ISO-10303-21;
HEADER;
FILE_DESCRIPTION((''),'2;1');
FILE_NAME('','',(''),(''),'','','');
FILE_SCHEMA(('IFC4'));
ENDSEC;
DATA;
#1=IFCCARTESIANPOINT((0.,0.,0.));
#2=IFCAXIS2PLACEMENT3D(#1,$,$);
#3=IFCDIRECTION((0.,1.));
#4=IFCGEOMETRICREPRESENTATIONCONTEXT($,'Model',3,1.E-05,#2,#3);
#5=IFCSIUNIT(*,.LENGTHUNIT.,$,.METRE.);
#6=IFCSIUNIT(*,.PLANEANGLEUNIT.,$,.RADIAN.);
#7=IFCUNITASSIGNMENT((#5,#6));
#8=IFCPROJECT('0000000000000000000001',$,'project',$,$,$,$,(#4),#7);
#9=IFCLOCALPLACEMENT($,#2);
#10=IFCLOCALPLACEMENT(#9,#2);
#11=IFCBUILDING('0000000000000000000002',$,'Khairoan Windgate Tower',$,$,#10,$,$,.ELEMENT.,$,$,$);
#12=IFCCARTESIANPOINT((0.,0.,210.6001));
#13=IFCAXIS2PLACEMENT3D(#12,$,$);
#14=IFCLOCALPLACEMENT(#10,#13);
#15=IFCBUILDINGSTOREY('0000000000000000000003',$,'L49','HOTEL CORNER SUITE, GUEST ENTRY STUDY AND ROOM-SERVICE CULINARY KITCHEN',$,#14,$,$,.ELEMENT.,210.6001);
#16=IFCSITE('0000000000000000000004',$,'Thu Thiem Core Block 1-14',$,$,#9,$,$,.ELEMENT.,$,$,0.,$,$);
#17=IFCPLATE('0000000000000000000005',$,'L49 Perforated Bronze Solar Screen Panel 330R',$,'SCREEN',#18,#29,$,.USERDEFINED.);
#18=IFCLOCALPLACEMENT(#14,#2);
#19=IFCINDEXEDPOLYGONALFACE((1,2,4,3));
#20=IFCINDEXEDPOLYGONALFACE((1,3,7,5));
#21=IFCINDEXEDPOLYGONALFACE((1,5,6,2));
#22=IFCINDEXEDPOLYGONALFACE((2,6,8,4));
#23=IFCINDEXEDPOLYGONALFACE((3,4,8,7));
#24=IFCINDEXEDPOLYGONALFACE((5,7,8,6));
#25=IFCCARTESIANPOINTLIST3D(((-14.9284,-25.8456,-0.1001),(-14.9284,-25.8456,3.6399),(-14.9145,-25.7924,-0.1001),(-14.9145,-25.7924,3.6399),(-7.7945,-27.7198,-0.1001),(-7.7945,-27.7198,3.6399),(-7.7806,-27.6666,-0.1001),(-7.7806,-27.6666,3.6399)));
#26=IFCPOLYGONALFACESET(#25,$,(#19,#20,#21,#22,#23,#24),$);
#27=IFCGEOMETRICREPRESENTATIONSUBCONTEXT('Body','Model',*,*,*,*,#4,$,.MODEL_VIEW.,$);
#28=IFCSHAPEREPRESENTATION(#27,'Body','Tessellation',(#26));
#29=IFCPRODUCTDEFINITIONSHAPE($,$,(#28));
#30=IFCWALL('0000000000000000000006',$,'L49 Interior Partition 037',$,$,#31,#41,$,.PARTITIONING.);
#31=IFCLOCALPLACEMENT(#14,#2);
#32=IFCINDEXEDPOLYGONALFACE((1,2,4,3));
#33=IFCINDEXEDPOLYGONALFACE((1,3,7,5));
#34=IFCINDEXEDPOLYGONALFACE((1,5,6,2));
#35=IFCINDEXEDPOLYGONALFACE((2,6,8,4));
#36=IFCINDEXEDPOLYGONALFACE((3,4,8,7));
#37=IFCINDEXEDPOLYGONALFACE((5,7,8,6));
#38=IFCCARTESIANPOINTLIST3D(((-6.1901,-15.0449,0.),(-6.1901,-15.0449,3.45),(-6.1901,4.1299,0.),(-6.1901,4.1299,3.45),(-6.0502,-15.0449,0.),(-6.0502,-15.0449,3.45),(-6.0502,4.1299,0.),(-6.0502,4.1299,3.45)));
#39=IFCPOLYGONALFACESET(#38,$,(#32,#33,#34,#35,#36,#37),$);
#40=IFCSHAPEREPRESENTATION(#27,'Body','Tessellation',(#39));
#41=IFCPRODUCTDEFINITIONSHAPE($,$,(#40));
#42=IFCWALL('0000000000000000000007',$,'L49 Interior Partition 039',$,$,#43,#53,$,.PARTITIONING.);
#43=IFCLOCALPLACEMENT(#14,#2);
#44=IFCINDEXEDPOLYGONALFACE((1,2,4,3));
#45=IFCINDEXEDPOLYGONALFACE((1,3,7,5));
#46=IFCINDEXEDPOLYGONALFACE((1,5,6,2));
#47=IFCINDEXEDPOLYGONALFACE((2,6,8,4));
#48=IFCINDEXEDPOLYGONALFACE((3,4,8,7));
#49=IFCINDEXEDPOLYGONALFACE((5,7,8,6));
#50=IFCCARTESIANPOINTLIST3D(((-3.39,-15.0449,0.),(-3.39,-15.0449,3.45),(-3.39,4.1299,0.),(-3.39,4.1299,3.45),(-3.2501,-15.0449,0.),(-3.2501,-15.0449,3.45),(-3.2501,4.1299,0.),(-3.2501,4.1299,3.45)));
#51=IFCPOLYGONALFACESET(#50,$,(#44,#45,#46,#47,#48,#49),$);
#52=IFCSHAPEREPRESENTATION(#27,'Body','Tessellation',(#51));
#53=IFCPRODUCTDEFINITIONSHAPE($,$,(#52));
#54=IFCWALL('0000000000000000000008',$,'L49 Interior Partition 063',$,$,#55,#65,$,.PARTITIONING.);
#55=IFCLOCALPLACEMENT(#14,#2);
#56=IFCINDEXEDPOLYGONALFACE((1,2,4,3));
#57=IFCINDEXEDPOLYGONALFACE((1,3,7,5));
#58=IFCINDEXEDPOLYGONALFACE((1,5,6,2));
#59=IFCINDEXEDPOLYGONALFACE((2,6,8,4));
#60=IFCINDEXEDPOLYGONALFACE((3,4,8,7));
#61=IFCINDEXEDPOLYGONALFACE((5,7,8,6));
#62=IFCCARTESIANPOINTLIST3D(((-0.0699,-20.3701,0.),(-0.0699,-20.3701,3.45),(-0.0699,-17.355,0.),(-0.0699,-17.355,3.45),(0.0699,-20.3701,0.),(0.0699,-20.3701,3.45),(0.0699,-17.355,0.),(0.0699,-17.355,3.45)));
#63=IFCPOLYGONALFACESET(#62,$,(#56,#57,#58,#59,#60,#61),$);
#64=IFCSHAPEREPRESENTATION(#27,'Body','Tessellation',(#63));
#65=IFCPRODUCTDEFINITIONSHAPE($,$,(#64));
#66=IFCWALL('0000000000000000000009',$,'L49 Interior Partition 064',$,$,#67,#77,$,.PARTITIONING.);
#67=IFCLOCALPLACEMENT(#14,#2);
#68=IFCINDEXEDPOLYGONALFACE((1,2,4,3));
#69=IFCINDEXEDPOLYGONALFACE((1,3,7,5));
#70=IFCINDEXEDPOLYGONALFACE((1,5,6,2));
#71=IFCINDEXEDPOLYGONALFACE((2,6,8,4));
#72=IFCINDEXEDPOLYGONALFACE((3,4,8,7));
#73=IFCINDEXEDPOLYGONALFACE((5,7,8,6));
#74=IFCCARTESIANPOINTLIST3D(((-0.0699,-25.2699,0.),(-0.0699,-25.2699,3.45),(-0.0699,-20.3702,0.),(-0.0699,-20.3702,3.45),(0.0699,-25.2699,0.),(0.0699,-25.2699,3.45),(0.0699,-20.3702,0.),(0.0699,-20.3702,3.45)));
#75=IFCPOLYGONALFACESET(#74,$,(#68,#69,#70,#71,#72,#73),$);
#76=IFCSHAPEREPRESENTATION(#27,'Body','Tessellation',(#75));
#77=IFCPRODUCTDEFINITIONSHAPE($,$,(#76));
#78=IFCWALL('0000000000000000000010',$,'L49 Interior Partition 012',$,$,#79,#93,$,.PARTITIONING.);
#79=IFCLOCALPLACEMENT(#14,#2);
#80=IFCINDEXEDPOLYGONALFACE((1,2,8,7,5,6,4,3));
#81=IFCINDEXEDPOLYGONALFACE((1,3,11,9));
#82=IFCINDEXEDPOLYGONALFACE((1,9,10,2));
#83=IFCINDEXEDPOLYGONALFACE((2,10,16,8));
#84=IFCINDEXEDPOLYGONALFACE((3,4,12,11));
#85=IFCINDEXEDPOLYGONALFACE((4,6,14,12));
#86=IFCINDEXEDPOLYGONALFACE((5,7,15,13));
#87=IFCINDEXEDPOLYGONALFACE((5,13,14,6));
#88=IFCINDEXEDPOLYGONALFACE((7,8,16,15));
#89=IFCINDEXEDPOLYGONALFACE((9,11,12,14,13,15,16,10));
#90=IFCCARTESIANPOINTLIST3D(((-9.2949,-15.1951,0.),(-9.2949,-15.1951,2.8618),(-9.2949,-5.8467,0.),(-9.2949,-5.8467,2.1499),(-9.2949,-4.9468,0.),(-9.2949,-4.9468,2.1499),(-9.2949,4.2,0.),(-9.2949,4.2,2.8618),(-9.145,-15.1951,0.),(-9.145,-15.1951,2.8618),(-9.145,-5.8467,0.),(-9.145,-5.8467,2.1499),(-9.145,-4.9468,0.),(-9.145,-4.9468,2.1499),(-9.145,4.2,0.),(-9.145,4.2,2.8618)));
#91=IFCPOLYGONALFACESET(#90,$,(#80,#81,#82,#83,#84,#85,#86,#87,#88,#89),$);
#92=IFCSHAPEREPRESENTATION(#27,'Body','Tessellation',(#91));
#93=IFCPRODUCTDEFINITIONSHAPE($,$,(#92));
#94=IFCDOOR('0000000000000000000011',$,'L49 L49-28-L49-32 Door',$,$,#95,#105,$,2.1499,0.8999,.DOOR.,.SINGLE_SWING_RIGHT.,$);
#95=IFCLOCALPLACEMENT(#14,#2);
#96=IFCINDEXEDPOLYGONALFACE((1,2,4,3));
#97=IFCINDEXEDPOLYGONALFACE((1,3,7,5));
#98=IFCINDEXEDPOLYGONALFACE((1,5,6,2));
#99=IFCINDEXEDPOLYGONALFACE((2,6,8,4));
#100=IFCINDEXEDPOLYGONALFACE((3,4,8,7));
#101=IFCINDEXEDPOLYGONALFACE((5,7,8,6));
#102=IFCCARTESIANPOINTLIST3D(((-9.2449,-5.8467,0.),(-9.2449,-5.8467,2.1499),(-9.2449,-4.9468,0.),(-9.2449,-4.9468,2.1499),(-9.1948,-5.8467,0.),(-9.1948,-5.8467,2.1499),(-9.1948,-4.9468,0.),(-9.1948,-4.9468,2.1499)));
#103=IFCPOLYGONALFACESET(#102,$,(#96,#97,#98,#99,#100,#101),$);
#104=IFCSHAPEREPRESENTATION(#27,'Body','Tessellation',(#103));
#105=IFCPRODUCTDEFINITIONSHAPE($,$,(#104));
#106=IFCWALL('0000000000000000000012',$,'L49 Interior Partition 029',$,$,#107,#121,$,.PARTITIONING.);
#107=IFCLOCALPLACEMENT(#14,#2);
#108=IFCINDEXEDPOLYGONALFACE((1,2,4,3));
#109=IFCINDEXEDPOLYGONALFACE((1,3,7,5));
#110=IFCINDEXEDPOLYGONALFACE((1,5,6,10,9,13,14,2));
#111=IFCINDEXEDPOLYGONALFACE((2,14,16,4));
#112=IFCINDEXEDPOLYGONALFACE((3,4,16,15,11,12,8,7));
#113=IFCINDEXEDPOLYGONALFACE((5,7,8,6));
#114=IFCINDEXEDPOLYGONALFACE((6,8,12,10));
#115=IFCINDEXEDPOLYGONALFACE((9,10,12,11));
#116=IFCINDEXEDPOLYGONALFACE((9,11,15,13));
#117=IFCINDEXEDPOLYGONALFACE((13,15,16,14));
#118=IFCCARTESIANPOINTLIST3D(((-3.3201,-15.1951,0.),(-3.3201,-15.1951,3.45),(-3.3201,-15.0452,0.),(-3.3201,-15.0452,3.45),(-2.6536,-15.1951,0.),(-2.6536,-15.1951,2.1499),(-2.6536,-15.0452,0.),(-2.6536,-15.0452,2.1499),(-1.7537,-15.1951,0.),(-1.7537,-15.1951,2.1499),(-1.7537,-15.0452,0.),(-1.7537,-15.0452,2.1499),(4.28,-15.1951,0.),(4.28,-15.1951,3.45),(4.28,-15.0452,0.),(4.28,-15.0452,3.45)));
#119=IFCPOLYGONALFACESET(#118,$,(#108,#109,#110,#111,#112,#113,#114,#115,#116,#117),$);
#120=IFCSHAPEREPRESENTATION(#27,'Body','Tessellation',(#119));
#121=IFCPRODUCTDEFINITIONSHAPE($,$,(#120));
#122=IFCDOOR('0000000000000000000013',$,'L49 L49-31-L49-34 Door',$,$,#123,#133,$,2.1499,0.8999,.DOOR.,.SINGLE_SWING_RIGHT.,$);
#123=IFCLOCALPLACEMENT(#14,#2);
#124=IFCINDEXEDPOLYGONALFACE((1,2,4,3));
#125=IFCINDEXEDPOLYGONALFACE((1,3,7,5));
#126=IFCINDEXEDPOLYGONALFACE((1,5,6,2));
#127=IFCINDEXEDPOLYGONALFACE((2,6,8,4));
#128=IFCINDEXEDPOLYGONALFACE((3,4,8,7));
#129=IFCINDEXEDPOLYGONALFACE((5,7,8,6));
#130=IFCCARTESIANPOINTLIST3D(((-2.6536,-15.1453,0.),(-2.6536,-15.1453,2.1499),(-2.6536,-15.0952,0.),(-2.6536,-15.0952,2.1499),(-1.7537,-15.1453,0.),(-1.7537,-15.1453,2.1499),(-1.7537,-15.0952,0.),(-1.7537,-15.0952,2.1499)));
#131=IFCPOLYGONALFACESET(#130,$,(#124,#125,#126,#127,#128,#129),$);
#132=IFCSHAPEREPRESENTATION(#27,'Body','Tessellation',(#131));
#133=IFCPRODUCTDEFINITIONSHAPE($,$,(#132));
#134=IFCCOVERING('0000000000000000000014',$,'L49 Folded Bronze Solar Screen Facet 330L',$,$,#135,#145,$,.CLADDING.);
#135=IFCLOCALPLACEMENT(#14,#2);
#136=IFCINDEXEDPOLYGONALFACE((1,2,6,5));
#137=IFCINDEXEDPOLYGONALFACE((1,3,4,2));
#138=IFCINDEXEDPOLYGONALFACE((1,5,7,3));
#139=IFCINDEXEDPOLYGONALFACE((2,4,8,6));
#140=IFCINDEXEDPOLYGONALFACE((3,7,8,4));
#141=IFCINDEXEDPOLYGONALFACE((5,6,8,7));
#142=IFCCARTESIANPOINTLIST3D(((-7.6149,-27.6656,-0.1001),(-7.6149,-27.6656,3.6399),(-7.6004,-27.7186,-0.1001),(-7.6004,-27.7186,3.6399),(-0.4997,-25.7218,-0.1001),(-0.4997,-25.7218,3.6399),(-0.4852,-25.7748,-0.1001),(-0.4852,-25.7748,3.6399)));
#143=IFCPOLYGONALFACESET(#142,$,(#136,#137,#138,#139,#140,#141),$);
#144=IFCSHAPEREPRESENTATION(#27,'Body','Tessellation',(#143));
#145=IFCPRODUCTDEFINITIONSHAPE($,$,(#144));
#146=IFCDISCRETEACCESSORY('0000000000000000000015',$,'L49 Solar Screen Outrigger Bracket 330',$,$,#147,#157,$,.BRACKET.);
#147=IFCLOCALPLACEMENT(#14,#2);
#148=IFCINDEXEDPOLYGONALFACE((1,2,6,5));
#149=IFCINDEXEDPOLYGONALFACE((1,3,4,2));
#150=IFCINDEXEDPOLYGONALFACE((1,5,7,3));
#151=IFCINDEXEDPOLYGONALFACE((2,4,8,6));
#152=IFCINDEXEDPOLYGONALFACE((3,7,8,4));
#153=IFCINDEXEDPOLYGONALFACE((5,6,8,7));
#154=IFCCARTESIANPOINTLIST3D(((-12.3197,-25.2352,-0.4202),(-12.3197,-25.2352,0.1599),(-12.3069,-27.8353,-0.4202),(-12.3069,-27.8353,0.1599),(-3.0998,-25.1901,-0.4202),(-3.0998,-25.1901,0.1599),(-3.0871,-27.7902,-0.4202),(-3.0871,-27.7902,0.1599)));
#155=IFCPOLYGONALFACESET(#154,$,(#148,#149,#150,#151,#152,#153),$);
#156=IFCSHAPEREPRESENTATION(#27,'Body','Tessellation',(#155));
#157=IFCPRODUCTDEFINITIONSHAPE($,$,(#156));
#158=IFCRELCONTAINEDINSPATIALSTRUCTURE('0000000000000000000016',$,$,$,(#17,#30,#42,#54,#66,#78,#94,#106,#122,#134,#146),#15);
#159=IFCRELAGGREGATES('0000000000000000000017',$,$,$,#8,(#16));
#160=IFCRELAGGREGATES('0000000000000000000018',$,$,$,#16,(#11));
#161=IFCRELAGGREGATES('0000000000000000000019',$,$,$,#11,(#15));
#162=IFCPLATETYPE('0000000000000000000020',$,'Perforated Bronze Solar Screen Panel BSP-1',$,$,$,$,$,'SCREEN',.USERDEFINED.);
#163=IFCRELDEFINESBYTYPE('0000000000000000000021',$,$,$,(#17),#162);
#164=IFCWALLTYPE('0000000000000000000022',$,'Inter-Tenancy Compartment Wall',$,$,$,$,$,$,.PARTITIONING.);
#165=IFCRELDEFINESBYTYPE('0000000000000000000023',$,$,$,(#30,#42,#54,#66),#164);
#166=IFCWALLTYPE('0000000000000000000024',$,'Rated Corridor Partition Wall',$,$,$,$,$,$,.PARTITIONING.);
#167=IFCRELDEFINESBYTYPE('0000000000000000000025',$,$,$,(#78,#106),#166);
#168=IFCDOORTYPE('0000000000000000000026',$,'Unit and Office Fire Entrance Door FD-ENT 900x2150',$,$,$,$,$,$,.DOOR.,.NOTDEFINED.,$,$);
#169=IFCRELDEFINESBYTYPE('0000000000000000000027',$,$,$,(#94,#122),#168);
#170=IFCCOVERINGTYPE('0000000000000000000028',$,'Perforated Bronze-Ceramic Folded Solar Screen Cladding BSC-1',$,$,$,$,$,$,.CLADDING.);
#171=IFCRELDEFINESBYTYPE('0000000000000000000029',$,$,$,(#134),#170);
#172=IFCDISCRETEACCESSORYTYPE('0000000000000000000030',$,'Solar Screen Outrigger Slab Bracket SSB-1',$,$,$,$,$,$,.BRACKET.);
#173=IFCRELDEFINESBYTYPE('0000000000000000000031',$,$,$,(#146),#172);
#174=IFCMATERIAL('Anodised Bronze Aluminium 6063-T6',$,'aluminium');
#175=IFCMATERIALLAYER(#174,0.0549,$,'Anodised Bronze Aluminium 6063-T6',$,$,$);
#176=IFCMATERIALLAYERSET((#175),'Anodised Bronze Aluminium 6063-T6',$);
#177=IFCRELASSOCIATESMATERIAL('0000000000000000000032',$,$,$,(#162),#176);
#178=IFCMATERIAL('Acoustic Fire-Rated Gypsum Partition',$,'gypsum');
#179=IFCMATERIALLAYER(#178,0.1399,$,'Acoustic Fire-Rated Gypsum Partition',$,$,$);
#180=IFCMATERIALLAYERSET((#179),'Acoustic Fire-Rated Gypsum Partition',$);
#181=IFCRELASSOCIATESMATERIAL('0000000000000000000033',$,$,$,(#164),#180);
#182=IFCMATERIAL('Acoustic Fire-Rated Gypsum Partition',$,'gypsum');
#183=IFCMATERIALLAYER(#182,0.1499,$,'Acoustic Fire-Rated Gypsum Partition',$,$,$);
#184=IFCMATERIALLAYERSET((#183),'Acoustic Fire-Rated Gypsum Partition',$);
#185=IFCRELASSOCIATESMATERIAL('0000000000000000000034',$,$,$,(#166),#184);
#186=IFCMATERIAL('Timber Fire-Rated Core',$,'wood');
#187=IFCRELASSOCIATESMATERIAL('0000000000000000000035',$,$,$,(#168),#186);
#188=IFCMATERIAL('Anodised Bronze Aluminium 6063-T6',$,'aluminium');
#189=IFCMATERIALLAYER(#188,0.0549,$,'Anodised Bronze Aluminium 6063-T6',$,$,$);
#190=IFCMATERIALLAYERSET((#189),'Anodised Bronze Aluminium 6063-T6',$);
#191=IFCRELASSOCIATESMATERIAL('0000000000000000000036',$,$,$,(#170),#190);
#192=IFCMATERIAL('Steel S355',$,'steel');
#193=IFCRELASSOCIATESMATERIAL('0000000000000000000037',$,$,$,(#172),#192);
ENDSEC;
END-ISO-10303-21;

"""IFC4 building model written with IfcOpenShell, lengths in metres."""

from ifc_helpers import new_model, si_unit, direction, frame, frame_2d, origin, origin_2d, place, context, subcontext, project, spatial, rectangle, extrude, material, layer, layer_set, type_object, element, fill, save


model = new_model("IFC4")

# Units and contexts
model_context = context("Model", 3, precision=1e-05, world=origin(), true_north=direction((0.0, 1.0)))
body_context = subcontext(model_context, "Body", "Model", "MODEL_VIEW")
ifc_project = project(units=[si_unit("LENGTHUNIT", "METRE"), si_unit("PLANEANGLEUNIT", "RADIAN")], contexts=[model_context])

# Site, building, storey
site_placement = place(None, origin())
site = spatial("IfcSite", under=ifc_project, at=site_placement, Name="Thu Thiem Core Block 1-14", CompositionType="ELEMENT", RefElevation=0.0)
building_placement = place(site_placement, origin())
building = spatial("IfcBuilding", under=site, at=building_placement, Name="Khairoan Windgate Tower", CompositionType="ELEMENT")
storey_placement = place(building_placement, frame((0.0, 0.0, 210.6001)))
storey = spatial("IfcBuildingStorey", under=building, at=storey_placement, Name="L49", Description="HOTEL CORNER SUITE, GUEST ENTRY STUDY AND ROOM-SERVICE CULINARY KITCHEN", CompositionType="ELEMENT", Elevation=210.6001)

# Plate
ifc_material_1 = material(Name="Anodised Bronze Aluminium 6063-T6", Category="aluminium")
ifc_layer_1 = layer(ifc_material_1, 0.0549, Name="Anodised Bronze Aluminium 6063-T6")
ifc_layer_set_1 = layer_set([ifc_layer_1], Name="Anodised Bronze Aluminium 6063-T6")
plate_type = type_object("IfcPlateType", Name="Perforated Bronze Solar Screen Panel BSP-1", ElementType="SCREEN", PredefinedType="USERDEFINED", material=ifc_layer_set_1)
plate_placement = place(storey_placement, frame((-11.3545, -26.7561, -0.1001), z_axis=(0.0, 0.0, 1.0), x_axis=(-0.967179, 0.254096, 0.0)))
element("IfcPlate", 1, at=plate_placement, inside=storey, type_object=plate_type, Name="L49 Perforated Bronze Solar Screen Panel 330R", ObjectType="SCREEN", PredefinedType="USERDEFINED", context=body_context, shape_type="SweptSolid", body=[
    extrude(rectangle(XDim=7.376, YDim=0.0549, at=origin_2d()), origin(), (0.0, 0.0, 1.0), 3.74),
])

# Walls
ifc_material_2 = material(Name="Acoustic Fire-Rated Gypsum Partition", Category="gypsum")
ifc_layer_2 = layer(ifc_material_2, 0.1399, Name="Acoustic Fire-Rated Gypsum Partition")
ifc_layer_set_2 = layer_set([ifc_layer_2], Name="Acoustic Fire-Rated Gypsum Partition")
wall_type_1 = type_object("IfcWallType", Name="Inter-Tenancy Compartment Wall", PredefinedType="PARTITIONING", material=ifc_layer_set_2)
for number, where, z_axis, x_axis, name in (
    (2, (-6.1201, -15.0449, 0.0), (0.0, 0.0, 1.0), (0.0, 1.0, 0.0), "L49 Interior Partition 037"),
    (3, (-3.3201, -15.0449, 0.0), (0.0, 0.0, 1.0), (0.0, 1.0, 0.0), "L49 Interior Partition 039"),
):
    element("IfcWall", number, at=place(storey_placement, frame(where, z_axis=z_axis, x_axis=x_axis)), inside=storey, type_object=wall_type_1, Name=name, PredefinedType="PARTITIONING", context=body_context, shape_type="SweptSolid", body=[
        extrude(rectangle(XDim=19.1748, YDim=0.1399, at=frame_2d((9.5874, 0.0))), origin(), (0.0, 0.0, 1.0), 3.45),
    ])
wall_1_placement = place(storey_placement, frame((0.0, -20.3701, 0.0), z_axis=(0.0, 0.0, 1.0), x_axis=(0.0, 1.0, 0.0)))
element("IfcWall", 4, at=wall_1_placement, inside=storey, type_object=wall_type_1, Name="L49 Interior Partition 063", PredefinedType="PARTITIONING", context=body_context, shape_type="SweptSolid", body=[
    extrude(rectangle(XDim=3.0151, YDim=0.1399, at=frame_2d((1.5076, 0.0))), origin(), (0.0, 0.0, 1.0), 3.45),
])
wall_2_placement = place(storey_placement, frame((0.0, -25.2698, 0.0), z_axis=(0.0, 0.0, 1.0), x_axis=(0.0, 1.0, 0.0)))
element("IfcWall", 5, at=wall_2_placement, inside=storey, type_object=wall_type_1, Name="L49 Interior Partition 064", PredefinedType="PARTITIONING", context=body_context, shape_type="SweptSolid", body=[
    extrude(rectangle(XDim=4.8997, YDim=0.1399, at=frame_2d((2.4497, 0.0))), origin(), (0.0, 0.0, 1.0), 3.45),
])

# Walls, openings, doors
ifc_material_3 = material(Name="Acoustic Fire-Rated Gypsum Partition", Category="gypsum")
ifc_layer_3 = layer(ifc_material_3, 0.1499, Name="Acoustic Fire-Rated Gypsum Partition")
ifc_layer_set_3 = layer_set([ifc_layer_3], Name="Acoustic Fire-Rated Gypsum Partition")
wall_type_2 = type_object("IfcWallType", Name="Rated Corridor Partition Wall", PredefinedType="PARTITIONING", material=ifc_layer_set_3)
wall_3_placement = place(storey_placement, frame((-9.22, -15.1951, 0.0), z_axis=(0.0, 0.0, 1.0), x_axis=(0.0, 1.0, 0.0)))
wall_3 = element("IfcWall", 6, at=wall_3_placement, inside=storey, type_object=wall_type_2, Name="L49 Interior Partition 012", PredefinedType="PARTITIONING", context=body_context, shape_type="SweptSolid", body=[
    extrude(rectangle(XDim=19.395, YDim=0.1499, at=frame_2d((9.6975, 0.0))), origin(), (0.0, 0.0, 1.0), 2.8618),
])
opening_1_placement = place(wall_3_placement, frame((9.3484, 0.0, 0.0)))
opening_1 = element("IfcOpeningElement", 7, at=opening_1_placement, cuts=wall_3, PredefinedType="OPENING", context=body_context, shape_type="SweptSolid", body=[
    extrude(rectangle(XDim=0.8999, YDim=2.1499, at=frame_2d((0.45, 1.075))), frame((0.0, 0.085, 0.0), z_axis=(0.0, -1.0, 0.0), x_axis=(1.0, 0.0, 0.0)), (0.0, 0.0, 1.0), 0.1699),
])
ifc_material_4 = material(Name="Timber Fire-Rated Core", Category="wood")
door_type = type_object("IfcDoorType", Name="Unit and Office Fire Entrance Door FD-ENT 900x2150", OperationType="NOTDEFINED", PredefinedType="DOOR", material=ifc_material_4)
door_1_placement = place(opening_1_placement, origin())
door_1 = element("IfcDoor", 8, at=door_1_placement, inside=storey, type_object=door_type, Name="L49 L49-28-L49-32 Door", OperationType="SINGLE_SWING_RIGHT", OverallHeight=2.1499, OverallWidth=0.8999, PredefinedType="DOOR", context=body_context, shape_type="SweptSolid", body=[
    extrude(rectangle(XDim=0.8999, YDim=2.1499, at=frame_2d((0.45, 1.075))), frame((0.0, 0.0249, 0.0), z_axis=(0.0, -1.0, 0.0), x_axis=(1.0, 0.0, 0.0)), (0.0, 0.0, 1.0), 0.05),
])
fill(opening_1, door_1)
wall_4_placement = place(storey_placement, frame((-3.3201, -15.1201, 0.0), z_axis=(0.0, 0.0, 1.0), x_axis=(1.0, 0.0, 0.0)))
wall_4 = element("IfcWall", 9, at=wall_4_placement, inside=storey, type_object=wall_type_2, Name="L49 Interior Partition 029", PredefinedType="PARTITIONING", context=body_context, shape_type="SweptSolid", body=[
    extrude(rectangle(XDim=7.6001, YDim=0.1499, at=frame_2d((3.8, 0.0))), origin(), (0.0, 0.0, 1.0), 3.45),
])
opening_2_placement = place(wall_4_placement, frame((0.6665, 0.0, 0.0)))
opening_2 = element("IfcOpeningElement", 10, at=opening_2_placement, cuts=wall_4, PredefinedType="OPENING", context=body_context, shape_type="SweptSolid", body=[
    extrude(rectangle(XDim=0.8999, YDim=2.1499, at=frame_2d((0.45, 1.075))), frame((0.0, 0.085, 0.0), z_axis=(0.0, -1.0, 0.0), x_axis=(1.0, 0.0, 0.0)), (0.0, 0.0, 1.0), 0.1699),
])
door_2_placement = place(opening_2_placement, origin())
door_2 = element("IfcDoor", 11, at=door_2_placement, inside=storey, type_object=door_type, Name="L49 L49-31-L49-34 Door", OperationType="SINGLE_SWING_RIGHT", OverallHeight=2.1499, OverallWidth=0.8999, PredefinedType="DOOR", context=body_context, shape_type="SweptSolid", body=[
    extrude(rectangle(XDim=0.8999, YDim=2.1499, at=frame_2d((0.45, 1.075))), frame((0.0, 0.0249, 0.0), z_axis=(0.0, -1.0, 0.0), x_axis=(1.0, 0.0, 0.0)), (0.0, 0.0, 1.0), 0.05),
])
fill(opening_2, door_2)

# Covering
ifc_material_5 = material(Name="Anodised Bronze Aluminium 6063-T6", Category="aluminium")
ifc_layer_4 = layer(ifc_material_5, 0.0549, Name="Anodised Bronze Aluminium 6063-T6")
ifc_layer_set_4 = layer_set([ifc_layer_4], Name="Anodised Bronze Aluminium 6063-T6")
covering_type = type_object("IfcCoveringType", Name="Perforated Bronze-Ceramic Folded Solar Screen Cladding BSC-1", PredefinedType="CLADDING", material=ifc_layer_set_4)
covering_placement = place(storey_placement, frame((-4.05, -26.7202, -0.1001), z_axis=(0.0, 0.0, 1.0), x_axis=(-0.964649, -0.263536, 0.0)))
element("IfcCovering", 12, at=covering_placement, inside=storey, type_object=covering_type, Name="L49 Folded Bronze Solar Screen Facet 330L", PredefinedType="CLADDING", context=body_context, shape_type="SweptSolid", body=[
    extrude(rectangle(XDim=7.376, YDim=0.0549, at=origin_2d()), origin(), (0.0, 0.0, 1.0), 3.74),
])

# Discrete accessory
ifc_material_6 = material(Name="Steel S355", Category="steel")
discrete_accessory_type = type_object("IfcDiscreteAccessoryType", Name="Solar Screen Outrigger Slab Bracket SSB-1", PredefinedType="BRACKET", material=ifc_material_6)
discrete_accessory_placement = place(storey_placement, frame((-7.7034, -26.5127, -0.4202), z_axis=(0.0, 0.0, 1.0), x_axis=(-0.999988, -0.004887, 0.0)))
element("IfcDiscreteAccessory", 13, at=discrete_accessory_placement, inside=storey, type_object=discrete_accessory_type, Name="L49 Solar Screen Outrigger Bracket 330", PredefinedType="BRACKET", context=body_context, shape_type="SweptSolid", body=[
    extrude(rectangle(XDim=9.22, YDim=2.6001, at=origin_2d()), origin(), (0.0, 0.0, 1.0), 0.5801),
])

save(model, "model.ifc")
